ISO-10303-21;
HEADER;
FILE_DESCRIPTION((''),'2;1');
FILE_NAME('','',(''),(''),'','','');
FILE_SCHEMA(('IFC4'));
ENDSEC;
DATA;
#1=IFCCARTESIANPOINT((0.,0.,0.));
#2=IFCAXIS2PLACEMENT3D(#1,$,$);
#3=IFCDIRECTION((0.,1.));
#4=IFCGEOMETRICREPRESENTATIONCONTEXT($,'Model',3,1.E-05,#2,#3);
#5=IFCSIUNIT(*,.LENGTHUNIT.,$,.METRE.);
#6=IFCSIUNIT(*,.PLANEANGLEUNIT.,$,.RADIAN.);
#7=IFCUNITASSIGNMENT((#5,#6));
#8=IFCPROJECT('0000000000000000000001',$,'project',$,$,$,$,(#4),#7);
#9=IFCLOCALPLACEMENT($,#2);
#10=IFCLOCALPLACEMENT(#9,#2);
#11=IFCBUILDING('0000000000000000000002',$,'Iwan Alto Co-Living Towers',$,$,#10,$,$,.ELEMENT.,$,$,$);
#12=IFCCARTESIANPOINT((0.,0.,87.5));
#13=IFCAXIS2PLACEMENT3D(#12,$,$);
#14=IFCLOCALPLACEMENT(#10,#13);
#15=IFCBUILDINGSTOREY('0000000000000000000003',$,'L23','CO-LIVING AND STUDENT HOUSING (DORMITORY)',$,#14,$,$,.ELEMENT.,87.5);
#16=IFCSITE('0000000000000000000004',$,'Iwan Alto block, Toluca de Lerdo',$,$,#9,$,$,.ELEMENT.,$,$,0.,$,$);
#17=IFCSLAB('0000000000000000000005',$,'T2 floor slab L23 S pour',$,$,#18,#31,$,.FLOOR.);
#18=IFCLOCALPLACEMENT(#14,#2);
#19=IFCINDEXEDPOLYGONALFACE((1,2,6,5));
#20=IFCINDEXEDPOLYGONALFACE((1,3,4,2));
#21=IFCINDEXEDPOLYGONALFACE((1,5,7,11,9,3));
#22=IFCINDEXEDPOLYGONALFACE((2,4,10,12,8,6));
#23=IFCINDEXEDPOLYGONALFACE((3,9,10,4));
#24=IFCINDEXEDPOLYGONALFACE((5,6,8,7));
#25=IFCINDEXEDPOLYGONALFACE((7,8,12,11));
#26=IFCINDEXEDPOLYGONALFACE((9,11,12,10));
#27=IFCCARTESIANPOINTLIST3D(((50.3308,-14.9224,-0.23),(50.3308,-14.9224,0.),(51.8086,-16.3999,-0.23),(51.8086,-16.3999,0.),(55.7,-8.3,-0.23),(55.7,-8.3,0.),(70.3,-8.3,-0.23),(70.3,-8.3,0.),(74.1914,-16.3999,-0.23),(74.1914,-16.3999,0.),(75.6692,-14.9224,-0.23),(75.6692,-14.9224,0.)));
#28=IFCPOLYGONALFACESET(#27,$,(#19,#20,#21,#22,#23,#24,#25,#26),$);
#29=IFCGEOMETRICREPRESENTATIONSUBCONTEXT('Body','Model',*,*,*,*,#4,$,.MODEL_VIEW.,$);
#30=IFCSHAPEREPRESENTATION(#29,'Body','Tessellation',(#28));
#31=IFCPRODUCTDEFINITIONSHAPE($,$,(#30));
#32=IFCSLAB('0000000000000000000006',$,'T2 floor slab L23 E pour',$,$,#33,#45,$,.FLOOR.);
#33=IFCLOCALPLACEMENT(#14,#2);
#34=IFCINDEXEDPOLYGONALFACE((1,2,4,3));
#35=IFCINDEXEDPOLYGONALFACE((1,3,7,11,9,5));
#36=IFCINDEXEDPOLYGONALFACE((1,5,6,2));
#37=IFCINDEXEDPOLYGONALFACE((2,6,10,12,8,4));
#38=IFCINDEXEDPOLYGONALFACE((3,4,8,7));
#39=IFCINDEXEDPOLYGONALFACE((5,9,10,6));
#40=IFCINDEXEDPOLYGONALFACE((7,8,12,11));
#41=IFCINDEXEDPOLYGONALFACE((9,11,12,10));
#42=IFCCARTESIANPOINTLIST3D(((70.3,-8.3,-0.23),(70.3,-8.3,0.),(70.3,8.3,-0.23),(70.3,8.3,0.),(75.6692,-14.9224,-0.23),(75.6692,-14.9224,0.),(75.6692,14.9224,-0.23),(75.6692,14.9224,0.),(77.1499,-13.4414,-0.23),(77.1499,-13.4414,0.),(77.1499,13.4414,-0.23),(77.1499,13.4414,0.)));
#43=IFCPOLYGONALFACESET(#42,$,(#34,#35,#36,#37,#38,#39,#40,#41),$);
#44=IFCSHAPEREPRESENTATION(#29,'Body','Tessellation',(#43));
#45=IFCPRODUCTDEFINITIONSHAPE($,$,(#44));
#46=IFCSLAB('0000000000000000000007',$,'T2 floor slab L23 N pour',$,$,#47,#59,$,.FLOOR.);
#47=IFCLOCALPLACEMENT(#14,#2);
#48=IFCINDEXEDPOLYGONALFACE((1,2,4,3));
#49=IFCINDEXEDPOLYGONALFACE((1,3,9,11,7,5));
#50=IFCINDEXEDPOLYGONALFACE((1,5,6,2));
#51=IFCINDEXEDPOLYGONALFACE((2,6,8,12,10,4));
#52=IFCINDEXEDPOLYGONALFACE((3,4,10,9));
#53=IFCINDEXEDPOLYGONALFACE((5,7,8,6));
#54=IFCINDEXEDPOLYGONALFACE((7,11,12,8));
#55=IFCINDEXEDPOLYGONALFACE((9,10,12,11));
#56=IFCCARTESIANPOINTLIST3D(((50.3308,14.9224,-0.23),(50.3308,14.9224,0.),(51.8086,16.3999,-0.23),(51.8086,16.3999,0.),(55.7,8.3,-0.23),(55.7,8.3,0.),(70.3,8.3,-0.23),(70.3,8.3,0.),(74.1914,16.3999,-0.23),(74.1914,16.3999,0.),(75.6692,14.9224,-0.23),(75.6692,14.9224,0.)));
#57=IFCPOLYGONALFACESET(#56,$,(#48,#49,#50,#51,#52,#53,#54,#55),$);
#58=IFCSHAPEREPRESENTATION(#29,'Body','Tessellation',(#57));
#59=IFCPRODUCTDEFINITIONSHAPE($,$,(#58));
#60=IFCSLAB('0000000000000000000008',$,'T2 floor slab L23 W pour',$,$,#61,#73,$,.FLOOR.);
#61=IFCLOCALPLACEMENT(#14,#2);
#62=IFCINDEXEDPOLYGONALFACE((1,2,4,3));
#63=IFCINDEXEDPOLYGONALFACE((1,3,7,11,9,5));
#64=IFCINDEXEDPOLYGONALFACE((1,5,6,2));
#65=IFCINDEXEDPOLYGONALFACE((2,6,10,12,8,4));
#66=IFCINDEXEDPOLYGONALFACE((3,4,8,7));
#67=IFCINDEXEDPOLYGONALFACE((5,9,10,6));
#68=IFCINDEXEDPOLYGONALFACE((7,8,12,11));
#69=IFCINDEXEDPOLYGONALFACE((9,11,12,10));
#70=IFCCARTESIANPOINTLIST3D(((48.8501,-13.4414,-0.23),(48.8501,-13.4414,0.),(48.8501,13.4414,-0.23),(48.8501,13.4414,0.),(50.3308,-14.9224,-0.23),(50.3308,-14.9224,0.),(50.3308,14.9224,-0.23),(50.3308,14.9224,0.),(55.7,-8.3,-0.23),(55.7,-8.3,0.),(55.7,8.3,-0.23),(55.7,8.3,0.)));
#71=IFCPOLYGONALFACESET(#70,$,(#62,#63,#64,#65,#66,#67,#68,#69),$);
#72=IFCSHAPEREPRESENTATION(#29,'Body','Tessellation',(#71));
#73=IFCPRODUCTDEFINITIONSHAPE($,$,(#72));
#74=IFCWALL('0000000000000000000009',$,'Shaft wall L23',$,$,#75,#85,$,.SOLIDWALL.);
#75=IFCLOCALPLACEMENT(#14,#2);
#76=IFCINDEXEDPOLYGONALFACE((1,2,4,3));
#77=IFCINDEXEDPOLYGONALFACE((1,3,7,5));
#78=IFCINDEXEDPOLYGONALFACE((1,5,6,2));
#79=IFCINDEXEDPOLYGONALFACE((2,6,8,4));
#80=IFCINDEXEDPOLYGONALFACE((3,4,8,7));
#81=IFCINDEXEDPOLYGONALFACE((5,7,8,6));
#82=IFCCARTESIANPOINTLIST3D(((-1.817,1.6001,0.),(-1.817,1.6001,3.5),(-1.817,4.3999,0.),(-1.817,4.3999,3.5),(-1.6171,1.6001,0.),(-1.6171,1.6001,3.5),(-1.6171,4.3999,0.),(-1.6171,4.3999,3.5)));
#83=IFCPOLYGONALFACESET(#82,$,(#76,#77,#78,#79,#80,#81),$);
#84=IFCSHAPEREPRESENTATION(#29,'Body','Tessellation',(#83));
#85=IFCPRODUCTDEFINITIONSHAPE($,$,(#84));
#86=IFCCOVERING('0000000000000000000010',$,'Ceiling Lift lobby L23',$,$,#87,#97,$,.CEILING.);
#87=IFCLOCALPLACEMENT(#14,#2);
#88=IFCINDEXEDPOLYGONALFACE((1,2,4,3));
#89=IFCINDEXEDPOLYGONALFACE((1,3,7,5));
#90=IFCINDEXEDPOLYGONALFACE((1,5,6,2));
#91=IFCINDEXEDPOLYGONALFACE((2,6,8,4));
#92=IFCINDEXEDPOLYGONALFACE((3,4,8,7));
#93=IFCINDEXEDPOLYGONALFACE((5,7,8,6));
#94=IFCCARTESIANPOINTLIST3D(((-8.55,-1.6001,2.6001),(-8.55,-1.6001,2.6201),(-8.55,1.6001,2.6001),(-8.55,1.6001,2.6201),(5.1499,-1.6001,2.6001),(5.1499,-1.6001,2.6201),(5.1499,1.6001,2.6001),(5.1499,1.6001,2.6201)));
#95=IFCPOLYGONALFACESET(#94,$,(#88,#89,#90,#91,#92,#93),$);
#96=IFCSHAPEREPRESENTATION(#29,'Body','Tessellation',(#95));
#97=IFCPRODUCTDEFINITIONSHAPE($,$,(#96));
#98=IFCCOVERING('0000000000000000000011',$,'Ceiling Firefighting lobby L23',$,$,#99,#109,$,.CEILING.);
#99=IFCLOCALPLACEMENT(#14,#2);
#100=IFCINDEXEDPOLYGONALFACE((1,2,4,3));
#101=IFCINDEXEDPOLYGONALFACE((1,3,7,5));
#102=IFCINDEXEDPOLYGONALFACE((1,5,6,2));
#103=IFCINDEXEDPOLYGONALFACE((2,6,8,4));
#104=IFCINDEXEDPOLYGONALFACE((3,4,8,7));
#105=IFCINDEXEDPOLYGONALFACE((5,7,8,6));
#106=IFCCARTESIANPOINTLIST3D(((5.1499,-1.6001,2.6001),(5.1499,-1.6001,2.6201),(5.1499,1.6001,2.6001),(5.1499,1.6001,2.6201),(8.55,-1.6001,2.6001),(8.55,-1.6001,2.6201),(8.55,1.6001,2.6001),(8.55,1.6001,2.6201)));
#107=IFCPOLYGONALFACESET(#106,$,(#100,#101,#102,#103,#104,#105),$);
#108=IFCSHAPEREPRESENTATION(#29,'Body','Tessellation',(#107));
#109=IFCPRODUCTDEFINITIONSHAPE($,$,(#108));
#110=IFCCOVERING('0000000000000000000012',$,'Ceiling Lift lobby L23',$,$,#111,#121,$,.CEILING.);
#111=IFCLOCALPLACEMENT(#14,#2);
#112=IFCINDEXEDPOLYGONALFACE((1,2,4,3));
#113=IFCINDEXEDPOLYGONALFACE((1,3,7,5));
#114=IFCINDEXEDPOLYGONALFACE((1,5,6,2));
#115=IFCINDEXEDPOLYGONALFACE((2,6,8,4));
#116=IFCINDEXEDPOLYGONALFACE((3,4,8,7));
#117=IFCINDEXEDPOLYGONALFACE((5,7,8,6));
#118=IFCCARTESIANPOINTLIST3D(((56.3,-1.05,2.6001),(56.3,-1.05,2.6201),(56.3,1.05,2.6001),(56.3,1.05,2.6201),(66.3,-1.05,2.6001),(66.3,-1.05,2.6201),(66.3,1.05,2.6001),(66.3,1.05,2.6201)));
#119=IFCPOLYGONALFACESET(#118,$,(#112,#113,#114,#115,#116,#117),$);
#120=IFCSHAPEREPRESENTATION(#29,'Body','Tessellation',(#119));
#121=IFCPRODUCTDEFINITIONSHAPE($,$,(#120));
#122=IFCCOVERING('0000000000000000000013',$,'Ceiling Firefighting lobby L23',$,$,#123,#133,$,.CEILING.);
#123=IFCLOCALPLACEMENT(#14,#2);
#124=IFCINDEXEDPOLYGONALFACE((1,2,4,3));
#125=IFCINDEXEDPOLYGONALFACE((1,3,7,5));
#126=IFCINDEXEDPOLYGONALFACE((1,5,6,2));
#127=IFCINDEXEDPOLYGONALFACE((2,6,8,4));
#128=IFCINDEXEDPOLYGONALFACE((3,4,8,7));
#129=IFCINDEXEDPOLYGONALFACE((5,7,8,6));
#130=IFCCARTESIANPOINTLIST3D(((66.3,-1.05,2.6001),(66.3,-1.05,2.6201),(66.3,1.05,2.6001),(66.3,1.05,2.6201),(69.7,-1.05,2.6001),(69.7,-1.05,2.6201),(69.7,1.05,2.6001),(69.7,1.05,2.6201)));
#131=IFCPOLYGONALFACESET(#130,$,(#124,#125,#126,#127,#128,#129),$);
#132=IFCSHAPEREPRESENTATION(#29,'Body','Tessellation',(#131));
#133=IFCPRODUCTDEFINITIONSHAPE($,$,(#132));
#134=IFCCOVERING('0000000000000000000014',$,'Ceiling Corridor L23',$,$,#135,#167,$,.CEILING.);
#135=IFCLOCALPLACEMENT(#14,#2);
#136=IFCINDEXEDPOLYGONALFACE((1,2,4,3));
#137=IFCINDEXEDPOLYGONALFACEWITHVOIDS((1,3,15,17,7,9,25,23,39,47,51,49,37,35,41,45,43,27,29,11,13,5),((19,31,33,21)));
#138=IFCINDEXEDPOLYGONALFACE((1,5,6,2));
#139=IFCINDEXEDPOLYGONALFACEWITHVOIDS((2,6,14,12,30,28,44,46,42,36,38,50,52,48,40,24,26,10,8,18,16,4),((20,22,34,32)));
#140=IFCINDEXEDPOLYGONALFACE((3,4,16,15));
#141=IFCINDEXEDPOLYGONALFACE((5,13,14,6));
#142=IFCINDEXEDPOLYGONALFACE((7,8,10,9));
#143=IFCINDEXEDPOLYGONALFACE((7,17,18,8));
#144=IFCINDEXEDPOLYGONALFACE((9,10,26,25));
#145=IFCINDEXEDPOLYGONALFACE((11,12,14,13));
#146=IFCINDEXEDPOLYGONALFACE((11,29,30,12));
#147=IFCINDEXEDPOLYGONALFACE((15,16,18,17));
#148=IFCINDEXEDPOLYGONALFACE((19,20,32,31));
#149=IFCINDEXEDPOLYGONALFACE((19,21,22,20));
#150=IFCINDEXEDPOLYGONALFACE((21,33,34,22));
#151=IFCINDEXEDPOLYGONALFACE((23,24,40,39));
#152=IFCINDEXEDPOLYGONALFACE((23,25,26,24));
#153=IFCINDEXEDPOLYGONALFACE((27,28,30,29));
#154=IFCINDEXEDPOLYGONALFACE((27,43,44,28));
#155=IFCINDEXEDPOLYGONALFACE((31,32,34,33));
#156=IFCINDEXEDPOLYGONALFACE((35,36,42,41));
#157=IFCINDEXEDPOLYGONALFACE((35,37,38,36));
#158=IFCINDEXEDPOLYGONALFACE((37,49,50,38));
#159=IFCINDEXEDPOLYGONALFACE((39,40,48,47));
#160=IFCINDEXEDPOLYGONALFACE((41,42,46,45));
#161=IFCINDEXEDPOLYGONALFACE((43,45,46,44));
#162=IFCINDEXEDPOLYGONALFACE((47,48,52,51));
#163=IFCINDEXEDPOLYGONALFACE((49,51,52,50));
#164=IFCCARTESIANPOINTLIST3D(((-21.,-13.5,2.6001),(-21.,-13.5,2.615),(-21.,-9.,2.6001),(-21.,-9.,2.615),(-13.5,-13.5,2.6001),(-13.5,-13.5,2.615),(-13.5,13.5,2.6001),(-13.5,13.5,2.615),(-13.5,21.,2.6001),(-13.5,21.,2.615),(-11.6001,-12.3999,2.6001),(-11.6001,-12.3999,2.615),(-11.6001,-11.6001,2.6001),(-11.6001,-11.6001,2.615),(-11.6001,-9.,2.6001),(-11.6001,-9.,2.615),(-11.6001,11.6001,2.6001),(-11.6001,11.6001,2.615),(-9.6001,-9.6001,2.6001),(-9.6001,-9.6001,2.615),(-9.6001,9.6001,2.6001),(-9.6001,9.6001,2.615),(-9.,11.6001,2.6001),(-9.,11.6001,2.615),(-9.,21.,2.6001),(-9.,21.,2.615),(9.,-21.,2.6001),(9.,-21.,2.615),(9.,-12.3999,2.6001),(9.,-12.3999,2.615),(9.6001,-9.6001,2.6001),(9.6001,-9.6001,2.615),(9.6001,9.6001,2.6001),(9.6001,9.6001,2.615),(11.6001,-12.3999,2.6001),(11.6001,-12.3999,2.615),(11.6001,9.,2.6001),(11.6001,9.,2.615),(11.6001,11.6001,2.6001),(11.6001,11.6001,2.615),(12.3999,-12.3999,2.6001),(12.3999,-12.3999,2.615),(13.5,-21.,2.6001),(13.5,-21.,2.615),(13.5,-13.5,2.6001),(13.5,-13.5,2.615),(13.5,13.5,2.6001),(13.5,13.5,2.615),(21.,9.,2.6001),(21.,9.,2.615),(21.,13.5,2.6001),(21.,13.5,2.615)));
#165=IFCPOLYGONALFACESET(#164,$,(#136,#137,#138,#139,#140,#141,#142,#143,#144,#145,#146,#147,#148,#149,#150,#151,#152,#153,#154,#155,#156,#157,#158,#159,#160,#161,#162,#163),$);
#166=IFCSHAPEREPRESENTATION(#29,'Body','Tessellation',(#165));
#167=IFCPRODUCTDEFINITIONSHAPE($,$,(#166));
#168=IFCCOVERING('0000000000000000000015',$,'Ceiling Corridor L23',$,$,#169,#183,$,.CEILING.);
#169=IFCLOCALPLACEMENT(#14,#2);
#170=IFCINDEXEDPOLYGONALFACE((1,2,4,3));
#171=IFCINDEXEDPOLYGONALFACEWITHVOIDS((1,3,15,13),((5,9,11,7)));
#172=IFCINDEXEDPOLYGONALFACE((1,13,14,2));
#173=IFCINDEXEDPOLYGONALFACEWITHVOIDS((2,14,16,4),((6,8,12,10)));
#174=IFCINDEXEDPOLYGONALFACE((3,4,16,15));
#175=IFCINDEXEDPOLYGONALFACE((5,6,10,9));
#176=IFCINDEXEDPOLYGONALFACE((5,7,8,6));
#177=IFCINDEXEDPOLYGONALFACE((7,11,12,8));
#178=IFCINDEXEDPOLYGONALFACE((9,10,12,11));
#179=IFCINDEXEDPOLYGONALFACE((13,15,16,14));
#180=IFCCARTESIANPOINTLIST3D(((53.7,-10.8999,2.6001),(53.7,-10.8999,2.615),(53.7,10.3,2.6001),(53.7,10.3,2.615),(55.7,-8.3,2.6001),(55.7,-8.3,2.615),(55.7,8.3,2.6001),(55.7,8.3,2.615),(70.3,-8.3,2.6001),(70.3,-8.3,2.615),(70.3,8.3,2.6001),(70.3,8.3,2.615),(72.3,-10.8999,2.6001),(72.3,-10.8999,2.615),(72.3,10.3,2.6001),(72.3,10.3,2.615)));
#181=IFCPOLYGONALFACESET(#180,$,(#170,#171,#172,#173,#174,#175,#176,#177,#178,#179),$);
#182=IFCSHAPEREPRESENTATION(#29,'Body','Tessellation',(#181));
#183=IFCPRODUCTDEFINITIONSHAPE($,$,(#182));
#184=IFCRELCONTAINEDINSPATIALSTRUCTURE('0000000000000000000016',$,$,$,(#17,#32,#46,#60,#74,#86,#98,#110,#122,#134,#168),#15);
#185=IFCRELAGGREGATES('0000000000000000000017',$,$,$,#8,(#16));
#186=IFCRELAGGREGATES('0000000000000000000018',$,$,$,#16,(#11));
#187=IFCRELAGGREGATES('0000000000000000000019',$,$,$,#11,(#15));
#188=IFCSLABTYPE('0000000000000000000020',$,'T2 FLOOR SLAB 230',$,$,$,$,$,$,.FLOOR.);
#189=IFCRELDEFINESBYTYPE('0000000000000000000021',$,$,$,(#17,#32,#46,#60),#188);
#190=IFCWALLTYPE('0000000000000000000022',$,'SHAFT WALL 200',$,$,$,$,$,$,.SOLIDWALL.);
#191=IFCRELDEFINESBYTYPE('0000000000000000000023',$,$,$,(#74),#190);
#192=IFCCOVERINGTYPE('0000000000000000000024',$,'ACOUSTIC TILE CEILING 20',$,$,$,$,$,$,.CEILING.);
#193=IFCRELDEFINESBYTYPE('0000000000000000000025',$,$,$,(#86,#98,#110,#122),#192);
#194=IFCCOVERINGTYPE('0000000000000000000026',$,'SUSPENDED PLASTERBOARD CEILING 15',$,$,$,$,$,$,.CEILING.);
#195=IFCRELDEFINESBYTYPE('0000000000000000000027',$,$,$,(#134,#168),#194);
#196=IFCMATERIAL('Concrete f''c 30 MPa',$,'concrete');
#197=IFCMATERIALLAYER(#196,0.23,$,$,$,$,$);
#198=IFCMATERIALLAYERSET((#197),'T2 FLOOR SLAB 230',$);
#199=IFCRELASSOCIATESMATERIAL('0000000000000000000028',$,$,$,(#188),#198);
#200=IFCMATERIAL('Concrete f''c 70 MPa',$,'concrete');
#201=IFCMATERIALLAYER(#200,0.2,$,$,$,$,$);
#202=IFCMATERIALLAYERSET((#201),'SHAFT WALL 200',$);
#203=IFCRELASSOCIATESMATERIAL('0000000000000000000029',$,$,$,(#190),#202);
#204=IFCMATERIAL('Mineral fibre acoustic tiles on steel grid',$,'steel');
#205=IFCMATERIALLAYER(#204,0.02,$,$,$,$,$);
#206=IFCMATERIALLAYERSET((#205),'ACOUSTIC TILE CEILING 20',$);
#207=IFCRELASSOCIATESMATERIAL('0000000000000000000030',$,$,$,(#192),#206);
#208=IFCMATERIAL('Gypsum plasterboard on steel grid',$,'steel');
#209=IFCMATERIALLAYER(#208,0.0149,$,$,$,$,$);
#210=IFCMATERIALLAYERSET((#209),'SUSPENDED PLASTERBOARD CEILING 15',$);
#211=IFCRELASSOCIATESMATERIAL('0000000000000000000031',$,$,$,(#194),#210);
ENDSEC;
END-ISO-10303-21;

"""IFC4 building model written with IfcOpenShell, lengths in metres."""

from ifc_helpers import new_model, si_unit, direction, frame, frame_2d, origin, place, context, subcontext, project, spatial, polyline, rectangle, outline, extrude, material, layer, layer_set, type_object, element, save


model = new_model("IFC4")

# Units and contexts
model_context = context("Model", 3, precision=1e-05, world=origin(), true_north=direction((0.0, 1.0)))
body_context = subcontext(model_context, "Body", "Model", "MODEL_VIEW")
ifc_project = project(units=[si_unit("LENGTHUNIT", "METRE"), si_unit("PLANEANGLEUNIT", "RADIAN")], contexts=[model_context])

# Site, building, storey
site_placement = place(None, origin())
site = spatial("IfcSite", under=ifc_project, at=site_placement, Name="Iwan Alto block, Toluca de Lerdo", CompositionType="ELEMENT", RefElevation=0.0)
building_placement = place(site_placement, origin())
building = spatial("IfcBuilding", under=site, at=building_placement, Name="Iwan Alto Co-Living Towers", CompositionType="ELEMENT")
storey_placement = place(building_placement, frame((0.0, 0.0, 87.5)))
storey = spatial("IfcBuildingStorey", under=building, at=storey_placement, Name="L23", Description="CO-LIVING AND STUDENT HOUSING (DORMITORY)", CompositionType="ELEMENT", Elevation=87.5)

# Slabs
ifc_material_1 = material(Name="Concrete f'c 30 MPa", Category="concrete")
ifc_layer_1 = layer(ifc_material_1, 0.23)
ifc_layer_set_1 = layer_set([ifc_layer_1], Name="T2 FLOOR SLAB 230")
slab_type_1 = type_object("IfcSlabType", Name="T2 FLOOR SLAB 230", PredefinedType="FLOOR", material=ifc_layer_set_1)
slab_1_placement = place(storey_placement, frame((0.0, 0.0, -0.23)))
element("IfcSlab", 1, at=slab_1_placement, inside=storey, type_object=slab_type_1, Name="T2 floor slab L23 S pour", PredefinedType="FLOOR", context=body_context, shape_type="SweptSolid", body=[
    extrude(outline(polyline([(74.1914, -16.3999), (51.8086, -16.3999), (50.3308, -14.9224), (55.7, -8.3), (70.3, -8.3), (75.6692, -14.9224), (74.1914, -16.3999)])), origin(), (0.0, 0.0, 1.0), 0.23),
])
slab_2_placement = place(storey_placement, frame((0.0, 0.0, -0.23)))
element("IfcSlab", 2, at=slab_2_placement, inside=storey, type_object=slab_type_1, Name="T2 floor slab L23 E pour", PredefinedType="FLOOR", context=body_context, shape_type="SweptSolid", body=[
    extrude(outline(polyline([(77.1499, 13.4414), (77.1499, -13.4414), (75.6692, -14.9224), (70.3, -8.3), (70.3, 8.3), (75.6692, 14.9224), (77.1499, 13.4414)])), origin(), (0.0, 0.0, 1.0), 0.23),
])
slab_3_placement = place(storey_placement, frame((0.0, 0.0, -0.23)))
element("IfcSlab", 3, at=slab_3_placement, inside=storey, type_object=slab_type_1, Name="T2 floor slab L23 N pour", PredefinedType="FLOOR", context=body_context, shape_type="SweptSolid", body=[
    extrude(outline(polyline([(51.8086, 16.3999), (74.1914, 16.3999), (75.6692, 14.9224), (70.3, 8.3), (55.7, 8.3), (50.3308, 14.9224), (51.8086, 16.3999)])), origin(), (0.0, 0.0, 1.0), 0.23),
])
slab_4_placement = place(storey_placement, frame((0.0, 0.0, -0.23)))
element("IfcSlab", 4, at=slab_4_placement, inside=storey, type_object=slab_type_1, Name="T2 floor slab L23 W pour", PredefinedType="FLOOR", context=body_context, shape_type="SweptSolid", body=[
    extrude(outline(polyline([(48.8501, 13.4414), (50.3308, 14.9224), (55.7, 8.3), (55.7, -8.3), (50.3308, -14.9224), (48.8501, -13.4414), (48.8501, 13.4414)])), origin(), (0.0, 0.0, 1.0), 0.23),
])

# Wall
ifc_material_2 = material(Name="Concrete f'c 70 MPa", Category="concrete")
ifc_layer_2 = layer(ifc_material_2, 0.2)
ifc_layer_set_2 = layer_set([ifc_layer_2], Name="SHAFT WALL 200")
wall_type = type_object("IfcWallType", Name="SHAFT WALL 200", PredefinedType="SOLIDWALL", material=ifc_layer_set_2)
wall_placement = place(storey_placement, frame((-1.717, 1.6001, 0.0), z_axis=(0.0, 0.0, 1.0), x_axis=(0.0, 1.0, 0.0)))
element("IfcWall", 5, at=wall_placement, inside=storey, type_object=wall_type, Name="Shaft wall L23", PredefinedType="SOLIDWALL", context=body_context, shape_type="SweptSolid", body=[
    extrude(rectangle(XDim=2.7998, YDim=0.2, at=frame_2d((1.3999, 0.0))), origin(), (0.0, 0.0, 1.0), 3.5),
])

# Coverings
ifc_material_3 = material(Name="Mineral fibre acoustic tiles on steel grid", Category="steel")
ifc_layer_3 = layer(ifc_material_3, 0.02)
ifc_layer_set_3 = layer_set([ifc_layer_3], Name="ACOUSTIC TILE CEILING 20")
covering_type_1 = type_object("IfcCoveringType", Name="ACOUSTIC TILE CEILING 20", PredefinedType="CEILING", material=ifc_layer_set_3)
covering_1_placement = place(storey_placement, frame((0.0, 0.0, 2.6001)))
element("IfcCovering", 6, at=covering_1_placement, inside=storey, type_object=covering_type_1, Name="Ceiling Lift lobby L23", PredefinedType="CEILING", context=body_context, shape_type="SweptSolid", body=[
    extrude(outline(polyline([(-8.55, -1.6001), (-8.55, 1.6001), (5.1499, 1.6001), (5.1499, -1.6001), (-8.55, -1.6001)])), origin(), (0.0, 0.0, 1.0), 0.02),
])
covering_2_placement = place(storey_placement, frame((0.0, 0.0, 2.6001)))
element("IfcCovering", 7, at=covering_2_placement, inside=storey, type_object=covering_type_1, Name="Ceiling Firefighting lobby L23", PredefinedType="CEILING", context=body_context, shape_type="SweptSolid", body=[
    extrude(outline(polyline([(5.1499, -1.6001), (5.1499, 1.6001), (8.55, 1.6001), (8.55, -1.6001), (5.1499, -1.6001)])), origin(), (0.0, 0.0, 1.0), 0.02),
])
covering_3_placement = place(storey_placement, frame((0.0, 0.0, 2.6001)))
element("IfcCovering", 8, at=covering_3_placement, inside=storey, type_object=covering_type_1, Name="Ceiling Lift lobby L23", PredefinedType="CEILING", context=body_context, shape_type="SweptSolid", body=[
    extrude(outline(polyline([(56.3, -1.05), (56.3, 1.05), (66.3, 1.05), (66.3, -1.05), (56.3, -1.05)])), origin(), (0.0, 0.0, 1.0), 0.02),
])
covering_4_placement = place(storey_placement, frame((0.0, 0.0, 2.6001)))
element("IfcCovering", 9, at=covering_4_placement, inside=storey, type_object=covering_type_1, Name="Ceiling Firefighting lobby L23", PredefinedType="CEILING", context=body_context, shape_type="SweptSolid", body=[
    extrude(outline(polyline([(66.3, -1.05), (66.3, 1.05), (69.7, 1.05), (69.7, -1.05), (66.3, -1.05)])), origin(), (0.0, 0.0, 1.0), 0.02),
])
ifc_material_4 = material(Name="Gypsum plasterboard on steel grid", Category="steel")
ifc_layer_4 = layer(ifc_material_4, 0.0149)
ifc_layer_set_4 = layer_set([ifc_layer_4], Name="SUSPENDED PLASTERBOARD CEILING 15")
covering_type_2 = type_object("IfcCoveringType", Name="SUSPENDED PLASTERBOARD CEILING 15", PredefinedType="CEILING", material=ifc_layer_set_4)
covering_5_placement = place(storey_placement, frame((0.0, 0.0, 2.6001)))
element("IfcCovering", 10, at=covering_5_placement, inside=storey, type_object=covering_type_2, Name="Ceiling Corridor L23", PredefinedType="CEILING", context=body_context, shape_type="SweptSolid", body=[
    extrude(outline(polyline([(13.5, -21.0), (9.0, -21.0), (9.0, -12.3999), (-11.6001, -12.3999), (-11.6001, -11.6001), (-13.5, -13.5), (-21.0, -13.5), (-21.0, -9.0), (-11.6001, -9.0), (-11.6001, 11.6001), (-13.5, 13.5), (-13.5, 21.0), (-9.0, 21.0), (-9.0, 11.6001), (11.6001, 11.6001), (13.5, 13.5), (21.0, 13.5), (21.0, 9.0), (11.6001, 9.0), (11.6001, -12.3999), (12.3999, -12.3999), (13.5, -13.5), (13.5, -21.0)]), holes=[polyline([(9.6001, -9.6001), (9.6001, 9.6001), (-9.6001, 9.6001), (-9.6001, -9.6001), (9.6001, -9.6001)])]), origin(), (0.0, 0.0, 1.0), 0.0149),
])
covering_6_placement = place(storey_placement, frame((0.0, 0.0, 2.6001)))
element("IfcCovering", 11, at=covering_6_placement, inside=storey, type_object=covering_type_2, Name="Ceiling Corridor L23", PredefinedType="CEILING", context=body_context, shape_type="SweptSolid", body=[
    extrude(outline(polyline([(53.7, 10.3), (72.3, 10.3), (72.3, -10.8999), (53.7, -10.8999), (53.7, 10.3)]), holes=[polyline([(55.7, 8.3), (55.7, -8.3), (70.3, -8.3), (70.3, 8.3), (55.7, 8.3)])]), origin(), (0.0, 0.0, 1.0), 0.0149),
])

save(model, "model.ifc")
